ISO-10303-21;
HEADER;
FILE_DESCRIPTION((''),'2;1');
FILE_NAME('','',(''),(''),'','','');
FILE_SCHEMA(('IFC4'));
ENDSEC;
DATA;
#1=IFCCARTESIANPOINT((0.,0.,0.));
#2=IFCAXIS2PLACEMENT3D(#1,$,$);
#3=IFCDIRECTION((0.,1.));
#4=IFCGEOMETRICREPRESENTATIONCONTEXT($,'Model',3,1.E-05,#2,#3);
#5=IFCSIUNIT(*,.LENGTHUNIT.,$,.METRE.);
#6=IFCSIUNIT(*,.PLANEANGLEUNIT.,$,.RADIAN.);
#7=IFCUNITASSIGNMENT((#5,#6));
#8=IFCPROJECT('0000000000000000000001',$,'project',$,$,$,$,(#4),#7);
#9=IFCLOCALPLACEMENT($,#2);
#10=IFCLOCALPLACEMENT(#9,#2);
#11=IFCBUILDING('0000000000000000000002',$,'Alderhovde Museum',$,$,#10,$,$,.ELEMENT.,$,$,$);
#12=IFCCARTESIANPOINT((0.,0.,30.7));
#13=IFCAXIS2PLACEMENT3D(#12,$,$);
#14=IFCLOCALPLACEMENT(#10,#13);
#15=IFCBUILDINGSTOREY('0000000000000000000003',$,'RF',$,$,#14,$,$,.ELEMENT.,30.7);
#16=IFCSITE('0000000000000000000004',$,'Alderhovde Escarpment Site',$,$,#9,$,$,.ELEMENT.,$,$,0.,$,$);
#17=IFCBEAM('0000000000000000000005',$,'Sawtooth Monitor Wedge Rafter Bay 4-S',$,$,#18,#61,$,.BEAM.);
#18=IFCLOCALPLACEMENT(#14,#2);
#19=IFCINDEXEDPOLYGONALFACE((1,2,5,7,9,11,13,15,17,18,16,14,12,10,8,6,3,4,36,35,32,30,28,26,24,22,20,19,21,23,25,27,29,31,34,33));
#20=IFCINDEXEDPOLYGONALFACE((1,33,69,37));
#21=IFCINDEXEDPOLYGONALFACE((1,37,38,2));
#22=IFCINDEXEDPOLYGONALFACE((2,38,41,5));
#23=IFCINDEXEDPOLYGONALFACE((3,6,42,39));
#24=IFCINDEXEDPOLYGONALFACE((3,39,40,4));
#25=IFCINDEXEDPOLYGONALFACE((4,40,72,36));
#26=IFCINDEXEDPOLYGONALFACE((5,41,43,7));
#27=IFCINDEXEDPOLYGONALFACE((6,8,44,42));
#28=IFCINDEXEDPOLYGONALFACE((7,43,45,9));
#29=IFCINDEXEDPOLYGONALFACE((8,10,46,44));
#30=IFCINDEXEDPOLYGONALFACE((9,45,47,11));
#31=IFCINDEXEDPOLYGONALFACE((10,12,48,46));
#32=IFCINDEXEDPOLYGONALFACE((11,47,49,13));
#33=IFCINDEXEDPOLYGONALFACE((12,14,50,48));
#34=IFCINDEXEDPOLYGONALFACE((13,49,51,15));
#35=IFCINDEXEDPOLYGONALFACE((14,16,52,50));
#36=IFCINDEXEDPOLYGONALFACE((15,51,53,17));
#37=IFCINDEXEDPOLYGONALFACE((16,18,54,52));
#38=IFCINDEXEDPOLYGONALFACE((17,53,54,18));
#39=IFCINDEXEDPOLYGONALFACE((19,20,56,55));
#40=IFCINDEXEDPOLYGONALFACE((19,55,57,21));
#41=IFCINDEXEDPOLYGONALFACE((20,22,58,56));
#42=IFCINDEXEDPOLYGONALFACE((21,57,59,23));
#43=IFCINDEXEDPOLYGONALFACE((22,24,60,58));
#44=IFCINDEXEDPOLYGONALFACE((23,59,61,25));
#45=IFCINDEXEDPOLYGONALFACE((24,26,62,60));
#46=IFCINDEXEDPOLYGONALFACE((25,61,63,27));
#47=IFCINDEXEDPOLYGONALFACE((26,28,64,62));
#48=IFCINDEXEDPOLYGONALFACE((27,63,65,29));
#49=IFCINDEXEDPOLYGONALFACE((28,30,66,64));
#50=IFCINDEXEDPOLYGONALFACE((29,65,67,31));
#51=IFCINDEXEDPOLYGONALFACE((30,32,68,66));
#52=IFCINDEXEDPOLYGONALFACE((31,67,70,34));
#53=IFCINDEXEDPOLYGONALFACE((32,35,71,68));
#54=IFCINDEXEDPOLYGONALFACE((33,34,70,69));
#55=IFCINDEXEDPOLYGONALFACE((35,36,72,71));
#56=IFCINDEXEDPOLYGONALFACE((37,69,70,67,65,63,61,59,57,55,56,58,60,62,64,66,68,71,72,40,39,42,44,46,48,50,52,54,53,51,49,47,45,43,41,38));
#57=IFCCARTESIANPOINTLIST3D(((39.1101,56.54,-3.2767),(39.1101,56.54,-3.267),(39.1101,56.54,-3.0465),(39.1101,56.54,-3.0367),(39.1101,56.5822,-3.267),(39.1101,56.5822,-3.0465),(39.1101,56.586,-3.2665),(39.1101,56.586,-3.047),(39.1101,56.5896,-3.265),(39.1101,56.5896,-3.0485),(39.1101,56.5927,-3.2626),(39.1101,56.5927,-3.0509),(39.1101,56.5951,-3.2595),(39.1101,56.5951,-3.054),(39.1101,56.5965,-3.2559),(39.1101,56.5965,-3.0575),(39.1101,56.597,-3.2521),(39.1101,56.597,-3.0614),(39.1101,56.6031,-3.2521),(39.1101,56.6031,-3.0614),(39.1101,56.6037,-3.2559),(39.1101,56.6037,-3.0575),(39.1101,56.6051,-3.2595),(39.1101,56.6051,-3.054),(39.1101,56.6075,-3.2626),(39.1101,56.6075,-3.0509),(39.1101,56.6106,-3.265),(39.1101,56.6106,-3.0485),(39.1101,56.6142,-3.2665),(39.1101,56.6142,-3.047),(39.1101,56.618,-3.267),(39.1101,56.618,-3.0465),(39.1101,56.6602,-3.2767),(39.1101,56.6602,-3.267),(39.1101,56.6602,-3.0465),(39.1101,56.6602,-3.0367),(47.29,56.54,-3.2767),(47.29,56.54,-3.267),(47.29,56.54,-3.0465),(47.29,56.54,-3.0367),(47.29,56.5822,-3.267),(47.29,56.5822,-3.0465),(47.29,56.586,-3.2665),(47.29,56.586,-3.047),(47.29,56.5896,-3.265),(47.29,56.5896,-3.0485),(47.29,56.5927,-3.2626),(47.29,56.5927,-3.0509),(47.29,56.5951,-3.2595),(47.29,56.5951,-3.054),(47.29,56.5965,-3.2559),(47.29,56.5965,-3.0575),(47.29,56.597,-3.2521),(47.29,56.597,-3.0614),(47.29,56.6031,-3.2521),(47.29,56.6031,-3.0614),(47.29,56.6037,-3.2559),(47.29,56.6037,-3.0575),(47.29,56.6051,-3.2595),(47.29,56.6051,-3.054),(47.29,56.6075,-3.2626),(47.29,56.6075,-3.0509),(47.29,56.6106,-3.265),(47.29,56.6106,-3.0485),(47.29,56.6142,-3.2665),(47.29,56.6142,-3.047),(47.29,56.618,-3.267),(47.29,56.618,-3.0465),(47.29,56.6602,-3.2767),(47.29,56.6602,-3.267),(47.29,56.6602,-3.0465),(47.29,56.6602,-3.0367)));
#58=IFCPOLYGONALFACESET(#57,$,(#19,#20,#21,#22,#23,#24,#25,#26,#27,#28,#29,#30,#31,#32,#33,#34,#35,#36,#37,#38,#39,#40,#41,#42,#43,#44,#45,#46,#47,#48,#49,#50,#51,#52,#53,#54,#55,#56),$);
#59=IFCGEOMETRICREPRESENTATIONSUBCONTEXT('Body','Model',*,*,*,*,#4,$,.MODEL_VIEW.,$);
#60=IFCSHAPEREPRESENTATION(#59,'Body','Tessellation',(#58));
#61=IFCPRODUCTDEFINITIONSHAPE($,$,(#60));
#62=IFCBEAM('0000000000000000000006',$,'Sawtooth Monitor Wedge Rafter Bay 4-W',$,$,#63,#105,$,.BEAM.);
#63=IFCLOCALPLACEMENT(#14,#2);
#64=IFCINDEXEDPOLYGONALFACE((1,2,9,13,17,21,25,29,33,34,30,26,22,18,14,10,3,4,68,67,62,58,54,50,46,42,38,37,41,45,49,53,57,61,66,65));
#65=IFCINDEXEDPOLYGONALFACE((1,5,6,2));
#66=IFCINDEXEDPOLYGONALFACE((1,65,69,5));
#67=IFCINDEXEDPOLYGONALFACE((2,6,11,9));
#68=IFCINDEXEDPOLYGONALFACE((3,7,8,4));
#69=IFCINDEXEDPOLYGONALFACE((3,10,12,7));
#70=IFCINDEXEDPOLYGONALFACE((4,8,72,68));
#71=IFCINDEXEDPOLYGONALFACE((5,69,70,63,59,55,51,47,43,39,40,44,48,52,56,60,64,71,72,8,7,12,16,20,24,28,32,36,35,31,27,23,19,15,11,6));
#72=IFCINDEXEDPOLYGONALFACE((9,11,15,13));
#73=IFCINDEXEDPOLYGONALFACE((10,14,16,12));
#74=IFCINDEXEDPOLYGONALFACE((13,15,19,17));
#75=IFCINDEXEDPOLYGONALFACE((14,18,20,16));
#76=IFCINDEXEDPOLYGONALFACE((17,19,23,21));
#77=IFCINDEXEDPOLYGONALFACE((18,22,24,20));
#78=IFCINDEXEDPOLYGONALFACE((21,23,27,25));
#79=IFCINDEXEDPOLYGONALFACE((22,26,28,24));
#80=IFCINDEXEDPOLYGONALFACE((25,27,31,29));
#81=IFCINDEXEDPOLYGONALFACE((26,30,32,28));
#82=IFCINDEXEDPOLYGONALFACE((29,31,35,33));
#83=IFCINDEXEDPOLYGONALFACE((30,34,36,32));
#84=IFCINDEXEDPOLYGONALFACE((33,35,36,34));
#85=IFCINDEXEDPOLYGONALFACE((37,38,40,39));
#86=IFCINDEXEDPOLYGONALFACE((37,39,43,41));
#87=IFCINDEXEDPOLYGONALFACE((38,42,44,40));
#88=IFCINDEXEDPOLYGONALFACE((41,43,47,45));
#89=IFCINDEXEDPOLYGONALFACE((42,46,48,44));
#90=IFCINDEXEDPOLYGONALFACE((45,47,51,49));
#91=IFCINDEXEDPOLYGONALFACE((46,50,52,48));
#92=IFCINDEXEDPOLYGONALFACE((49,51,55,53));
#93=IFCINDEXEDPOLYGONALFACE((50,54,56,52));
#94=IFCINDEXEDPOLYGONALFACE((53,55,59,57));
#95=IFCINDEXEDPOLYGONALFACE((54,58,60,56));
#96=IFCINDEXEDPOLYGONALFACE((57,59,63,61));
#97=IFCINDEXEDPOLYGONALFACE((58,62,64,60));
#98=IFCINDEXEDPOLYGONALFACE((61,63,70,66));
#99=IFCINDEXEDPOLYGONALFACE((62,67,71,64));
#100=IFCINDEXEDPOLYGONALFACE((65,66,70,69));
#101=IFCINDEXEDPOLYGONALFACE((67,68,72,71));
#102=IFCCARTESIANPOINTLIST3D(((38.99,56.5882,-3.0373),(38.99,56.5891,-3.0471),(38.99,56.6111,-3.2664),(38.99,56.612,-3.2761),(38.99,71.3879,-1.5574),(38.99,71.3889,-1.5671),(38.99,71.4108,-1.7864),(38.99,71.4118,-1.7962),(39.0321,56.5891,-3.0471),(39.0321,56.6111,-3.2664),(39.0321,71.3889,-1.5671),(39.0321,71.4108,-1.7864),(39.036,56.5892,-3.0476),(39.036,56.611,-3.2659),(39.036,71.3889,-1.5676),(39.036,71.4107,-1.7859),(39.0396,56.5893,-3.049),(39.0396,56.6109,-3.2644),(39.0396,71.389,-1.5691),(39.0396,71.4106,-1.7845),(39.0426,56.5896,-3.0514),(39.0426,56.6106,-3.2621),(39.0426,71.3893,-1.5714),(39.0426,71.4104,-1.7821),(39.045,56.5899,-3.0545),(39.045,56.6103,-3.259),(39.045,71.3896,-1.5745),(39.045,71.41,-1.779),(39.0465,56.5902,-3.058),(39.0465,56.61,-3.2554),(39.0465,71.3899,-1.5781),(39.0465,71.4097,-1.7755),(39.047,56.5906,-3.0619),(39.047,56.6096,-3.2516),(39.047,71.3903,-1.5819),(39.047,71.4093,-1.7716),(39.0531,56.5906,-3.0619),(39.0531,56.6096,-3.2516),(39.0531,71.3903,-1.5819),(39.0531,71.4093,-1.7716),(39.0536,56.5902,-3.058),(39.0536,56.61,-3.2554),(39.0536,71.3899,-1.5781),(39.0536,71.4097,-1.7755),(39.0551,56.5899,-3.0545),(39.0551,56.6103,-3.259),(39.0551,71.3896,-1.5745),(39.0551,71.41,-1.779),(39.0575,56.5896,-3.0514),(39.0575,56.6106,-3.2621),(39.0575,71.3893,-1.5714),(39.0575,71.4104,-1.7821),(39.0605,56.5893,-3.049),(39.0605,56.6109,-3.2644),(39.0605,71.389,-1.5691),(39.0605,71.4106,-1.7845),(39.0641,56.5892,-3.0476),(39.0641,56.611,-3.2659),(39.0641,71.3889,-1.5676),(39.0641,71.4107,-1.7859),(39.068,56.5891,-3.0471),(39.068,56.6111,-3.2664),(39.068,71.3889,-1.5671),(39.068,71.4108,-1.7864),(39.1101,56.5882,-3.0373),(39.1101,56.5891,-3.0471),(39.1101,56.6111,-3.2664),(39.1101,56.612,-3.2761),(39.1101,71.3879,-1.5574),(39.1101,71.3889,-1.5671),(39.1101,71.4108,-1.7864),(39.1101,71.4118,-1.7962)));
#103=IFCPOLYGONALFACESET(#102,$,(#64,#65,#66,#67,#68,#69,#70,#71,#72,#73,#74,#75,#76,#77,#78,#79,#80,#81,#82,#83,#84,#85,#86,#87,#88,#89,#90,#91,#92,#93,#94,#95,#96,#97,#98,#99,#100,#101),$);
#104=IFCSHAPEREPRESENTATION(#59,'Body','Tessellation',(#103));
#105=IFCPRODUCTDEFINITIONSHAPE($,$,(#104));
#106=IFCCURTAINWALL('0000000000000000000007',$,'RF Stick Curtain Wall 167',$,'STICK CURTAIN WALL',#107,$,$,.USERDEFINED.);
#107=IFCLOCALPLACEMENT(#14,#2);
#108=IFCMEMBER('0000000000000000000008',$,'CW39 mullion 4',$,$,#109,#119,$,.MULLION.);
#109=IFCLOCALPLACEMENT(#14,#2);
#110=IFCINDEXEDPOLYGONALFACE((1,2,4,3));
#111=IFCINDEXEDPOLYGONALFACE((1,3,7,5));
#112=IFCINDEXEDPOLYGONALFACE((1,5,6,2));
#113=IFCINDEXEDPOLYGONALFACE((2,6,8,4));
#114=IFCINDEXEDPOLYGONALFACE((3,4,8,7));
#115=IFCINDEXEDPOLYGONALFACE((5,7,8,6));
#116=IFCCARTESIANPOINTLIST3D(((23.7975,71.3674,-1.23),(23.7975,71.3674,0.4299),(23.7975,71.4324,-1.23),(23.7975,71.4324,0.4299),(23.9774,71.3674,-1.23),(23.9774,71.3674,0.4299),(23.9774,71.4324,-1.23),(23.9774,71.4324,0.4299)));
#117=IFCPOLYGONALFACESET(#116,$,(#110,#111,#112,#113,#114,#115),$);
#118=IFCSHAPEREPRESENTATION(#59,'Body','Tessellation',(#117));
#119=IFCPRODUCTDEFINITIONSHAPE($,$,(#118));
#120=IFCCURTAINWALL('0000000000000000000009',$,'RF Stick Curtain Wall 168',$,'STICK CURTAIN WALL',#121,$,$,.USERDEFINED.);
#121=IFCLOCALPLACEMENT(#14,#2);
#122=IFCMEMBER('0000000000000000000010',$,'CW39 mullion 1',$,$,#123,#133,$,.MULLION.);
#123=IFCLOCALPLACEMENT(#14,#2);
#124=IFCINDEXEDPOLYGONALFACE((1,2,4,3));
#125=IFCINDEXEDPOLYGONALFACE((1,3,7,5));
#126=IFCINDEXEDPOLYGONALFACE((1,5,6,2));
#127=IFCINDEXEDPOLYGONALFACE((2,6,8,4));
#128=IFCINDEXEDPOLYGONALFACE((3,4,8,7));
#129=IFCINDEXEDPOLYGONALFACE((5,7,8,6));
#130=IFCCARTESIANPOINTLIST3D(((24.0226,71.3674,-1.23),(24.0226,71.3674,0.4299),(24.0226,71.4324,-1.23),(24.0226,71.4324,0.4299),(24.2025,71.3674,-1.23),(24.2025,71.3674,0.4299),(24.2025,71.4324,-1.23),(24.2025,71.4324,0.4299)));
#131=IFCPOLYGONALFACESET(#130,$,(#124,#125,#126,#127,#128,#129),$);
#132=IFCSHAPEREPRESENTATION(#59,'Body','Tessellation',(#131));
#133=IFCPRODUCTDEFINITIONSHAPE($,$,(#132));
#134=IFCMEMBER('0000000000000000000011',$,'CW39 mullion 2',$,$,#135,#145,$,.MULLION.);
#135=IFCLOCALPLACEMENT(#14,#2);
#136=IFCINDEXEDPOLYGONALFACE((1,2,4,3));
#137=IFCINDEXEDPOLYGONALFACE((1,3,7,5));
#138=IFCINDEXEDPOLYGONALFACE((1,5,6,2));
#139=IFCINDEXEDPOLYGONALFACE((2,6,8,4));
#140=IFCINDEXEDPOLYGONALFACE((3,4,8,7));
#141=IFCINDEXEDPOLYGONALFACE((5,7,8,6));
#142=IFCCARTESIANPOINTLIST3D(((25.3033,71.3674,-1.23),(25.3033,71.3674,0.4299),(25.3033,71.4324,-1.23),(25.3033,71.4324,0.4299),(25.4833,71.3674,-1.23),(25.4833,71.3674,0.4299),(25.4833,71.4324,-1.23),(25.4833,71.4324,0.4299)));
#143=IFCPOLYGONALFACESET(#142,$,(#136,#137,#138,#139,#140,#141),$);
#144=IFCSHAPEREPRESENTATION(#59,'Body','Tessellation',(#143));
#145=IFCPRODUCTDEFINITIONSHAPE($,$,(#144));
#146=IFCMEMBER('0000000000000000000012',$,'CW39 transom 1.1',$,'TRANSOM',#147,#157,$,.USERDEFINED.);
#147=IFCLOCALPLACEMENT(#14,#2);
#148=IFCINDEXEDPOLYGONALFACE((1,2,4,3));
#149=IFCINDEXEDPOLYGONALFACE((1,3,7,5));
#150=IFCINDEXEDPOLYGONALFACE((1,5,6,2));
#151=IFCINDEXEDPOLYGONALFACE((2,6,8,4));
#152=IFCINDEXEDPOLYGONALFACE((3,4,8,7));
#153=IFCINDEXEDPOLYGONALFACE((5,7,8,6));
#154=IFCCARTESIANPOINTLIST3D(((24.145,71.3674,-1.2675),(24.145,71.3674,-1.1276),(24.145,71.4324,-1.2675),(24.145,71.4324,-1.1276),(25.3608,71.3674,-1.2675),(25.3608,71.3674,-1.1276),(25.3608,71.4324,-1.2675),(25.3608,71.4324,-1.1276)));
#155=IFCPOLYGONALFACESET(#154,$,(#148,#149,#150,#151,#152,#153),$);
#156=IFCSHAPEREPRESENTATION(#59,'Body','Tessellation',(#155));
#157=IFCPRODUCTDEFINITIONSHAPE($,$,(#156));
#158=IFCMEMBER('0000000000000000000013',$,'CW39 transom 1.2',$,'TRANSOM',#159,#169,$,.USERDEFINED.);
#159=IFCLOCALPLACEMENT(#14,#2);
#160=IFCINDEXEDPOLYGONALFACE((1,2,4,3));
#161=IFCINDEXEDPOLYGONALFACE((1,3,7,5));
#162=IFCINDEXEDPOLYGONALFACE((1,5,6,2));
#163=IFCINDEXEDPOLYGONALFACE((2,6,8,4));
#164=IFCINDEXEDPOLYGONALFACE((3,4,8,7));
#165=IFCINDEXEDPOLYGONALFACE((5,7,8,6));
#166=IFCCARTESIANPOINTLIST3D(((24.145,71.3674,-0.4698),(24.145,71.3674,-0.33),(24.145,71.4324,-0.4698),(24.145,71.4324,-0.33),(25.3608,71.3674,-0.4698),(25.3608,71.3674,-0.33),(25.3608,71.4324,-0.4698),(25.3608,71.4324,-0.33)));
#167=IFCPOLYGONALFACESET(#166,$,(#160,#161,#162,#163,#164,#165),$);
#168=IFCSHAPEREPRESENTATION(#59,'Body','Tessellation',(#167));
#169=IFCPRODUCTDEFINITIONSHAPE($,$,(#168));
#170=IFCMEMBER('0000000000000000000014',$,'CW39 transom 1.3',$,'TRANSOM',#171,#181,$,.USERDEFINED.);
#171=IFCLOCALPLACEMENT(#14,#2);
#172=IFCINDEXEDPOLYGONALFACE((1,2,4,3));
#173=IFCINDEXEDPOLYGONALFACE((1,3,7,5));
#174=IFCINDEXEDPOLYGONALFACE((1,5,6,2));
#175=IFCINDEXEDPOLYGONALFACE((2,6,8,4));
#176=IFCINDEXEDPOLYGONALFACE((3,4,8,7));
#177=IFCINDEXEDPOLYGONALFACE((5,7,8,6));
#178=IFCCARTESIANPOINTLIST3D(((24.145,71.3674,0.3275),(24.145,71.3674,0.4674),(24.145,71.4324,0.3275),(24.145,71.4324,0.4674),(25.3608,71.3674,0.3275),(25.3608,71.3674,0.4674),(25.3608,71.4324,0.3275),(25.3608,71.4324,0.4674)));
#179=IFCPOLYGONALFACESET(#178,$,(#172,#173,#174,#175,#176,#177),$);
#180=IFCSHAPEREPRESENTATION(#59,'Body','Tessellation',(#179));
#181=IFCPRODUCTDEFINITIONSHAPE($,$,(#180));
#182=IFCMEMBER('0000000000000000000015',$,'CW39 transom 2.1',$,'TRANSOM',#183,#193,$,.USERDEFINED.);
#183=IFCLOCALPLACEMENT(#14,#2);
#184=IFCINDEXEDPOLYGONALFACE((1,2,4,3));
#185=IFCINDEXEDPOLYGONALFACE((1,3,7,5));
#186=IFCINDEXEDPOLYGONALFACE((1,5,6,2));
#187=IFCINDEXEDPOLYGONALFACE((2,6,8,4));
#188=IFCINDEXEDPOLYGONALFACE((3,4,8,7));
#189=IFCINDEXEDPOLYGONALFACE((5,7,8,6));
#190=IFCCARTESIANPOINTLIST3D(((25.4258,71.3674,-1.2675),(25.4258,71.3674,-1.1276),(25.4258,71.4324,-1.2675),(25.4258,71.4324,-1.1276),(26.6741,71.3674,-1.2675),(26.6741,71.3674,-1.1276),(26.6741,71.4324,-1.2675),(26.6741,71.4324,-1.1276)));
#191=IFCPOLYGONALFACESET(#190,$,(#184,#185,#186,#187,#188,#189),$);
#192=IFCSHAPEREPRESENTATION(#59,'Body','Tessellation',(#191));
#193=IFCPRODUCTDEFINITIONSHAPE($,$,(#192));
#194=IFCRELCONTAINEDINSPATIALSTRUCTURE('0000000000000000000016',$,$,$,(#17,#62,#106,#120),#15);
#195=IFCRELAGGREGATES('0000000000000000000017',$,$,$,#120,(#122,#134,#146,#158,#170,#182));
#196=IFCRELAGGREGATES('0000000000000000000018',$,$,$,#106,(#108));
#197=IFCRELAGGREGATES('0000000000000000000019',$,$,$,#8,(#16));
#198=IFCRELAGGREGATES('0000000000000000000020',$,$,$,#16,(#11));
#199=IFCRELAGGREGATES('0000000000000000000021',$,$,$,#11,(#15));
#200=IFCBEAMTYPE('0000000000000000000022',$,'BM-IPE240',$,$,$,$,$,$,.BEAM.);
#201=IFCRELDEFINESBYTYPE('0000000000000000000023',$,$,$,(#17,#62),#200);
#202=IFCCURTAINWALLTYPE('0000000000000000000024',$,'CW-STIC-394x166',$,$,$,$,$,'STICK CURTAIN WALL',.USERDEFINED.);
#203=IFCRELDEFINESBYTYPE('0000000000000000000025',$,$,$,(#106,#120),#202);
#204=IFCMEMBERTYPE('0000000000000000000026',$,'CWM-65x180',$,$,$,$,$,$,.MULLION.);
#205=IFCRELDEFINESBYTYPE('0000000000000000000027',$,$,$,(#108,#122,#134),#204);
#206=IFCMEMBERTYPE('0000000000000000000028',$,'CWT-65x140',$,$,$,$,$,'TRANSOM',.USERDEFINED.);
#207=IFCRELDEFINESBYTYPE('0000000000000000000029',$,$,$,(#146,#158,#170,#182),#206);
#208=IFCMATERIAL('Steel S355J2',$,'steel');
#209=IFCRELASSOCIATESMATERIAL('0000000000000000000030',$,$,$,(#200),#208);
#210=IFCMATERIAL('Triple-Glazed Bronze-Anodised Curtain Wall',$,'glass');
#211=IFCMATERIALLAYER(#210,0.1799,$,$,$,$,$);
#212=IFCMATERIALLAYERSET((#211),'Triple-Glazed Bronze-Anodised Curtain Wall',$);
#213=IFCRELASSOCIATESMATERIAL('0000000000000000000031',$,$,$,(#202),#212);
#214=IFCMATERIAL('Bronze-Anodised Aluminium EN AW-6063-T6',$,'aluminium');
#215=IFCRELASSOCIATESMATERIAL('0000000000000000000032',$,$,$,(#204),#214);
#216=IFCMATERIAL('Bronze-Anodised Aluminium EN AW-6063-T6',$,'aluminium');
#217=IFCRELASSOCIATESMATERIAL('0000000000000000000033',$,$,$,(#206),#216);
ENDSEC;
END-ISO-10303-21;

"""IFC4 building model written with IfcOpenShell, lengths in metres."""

from ifc_helpers import new_model, si_unit, direction, frame, origin, origin_2d, place, context, subcontext, project, spatial, rectangle, i_section, extrude, material, layer, layer_set, material_profile, profile_set, type_object, element, aggregate, save


model = new_model("IFC4")

# Units and contexts
model_context = context("Model", 3, precision=1e-05, world=origin(), true_north=direction((0.0, 1.0)))
body_context = subcontext(model_context, "Body", "Model", "MODEL_VIEW")
ifc_project = project(units=[si_unit("LENGTHUNIT", "METRE"), si_unit("PLANEANGLEUNIT", "RADIAN")], contexts=[model_context])

# Site, building, storey
site_placement = place(None, origin())
site = spatial("IfcSite", under=ifc_project, at=site_placement, Name="Alderhovde Escarpment Site", CompositionType="ELEMENT", RefElevation=0.0)
building_placement = place(site_placement, origin())
building = spatial("IfcBuilding", under=site, at=building_placement, Name="Alderhovde Museum", CompositionType="ELEMENT")
storey_placement = place(building_placement, frame((0.0, 0.0, 30.7)))
storey = spatial("IfcBuildingStorey", under=building, at=storey_placement, Name="RF", CompositionType="ELEMENT", Elevation=30.7)

# Beams
ifc_material_1 = material(Name="Steel S355J2", Category="steel")
ifc_material_profile_1 = material_profile(ifc_material_1, i_section(OverallWidth=0.1201, OverallDepth=0.24, WebThickness=0.0061, FlangeThickness=0.0098, FilletRadius=0.0149, at=origin_2d()), Name="IPE 240")
ifc_profile_set_1 = profile_set([ifc_material_profile_1], Name="Steel S355J2")
beam_type = type_object("IfcBeamType", Name="BM-IPE240", PredefinedType="BEAM", material=ifc_profile_set_1)
beam_1_placement = place(storey_placement, frame((39.1101, 56.6001, -3.1567), z_axis=(1.0, 0.0, 0.0), x_axis=(0.0, 1.0, 0.0)))
element("IfcBeam", 1, at=beam_1_placement, inside=storey, type_object=beam_type, Name="Sawtooth Monitor Wedge Rafter Bay 4-S", PredefinedType="BEAM", context=body_context, shape_type="SweptSolid", body=[
    extrude(i_section(OverallWidth=0.1201, OverallDepth=0.24, WebThickness=0.0061, FlangeThickness=0.0098, FilletRadius=0.0149, at=origin_2d()), origin(), (0.0, 0.0, 1.0), 8.1799),
])
beam_2_placement = place(storey_placement, frame((39.05, 56.6001, -3.1567), z_axis=(0.0, 0.995037, 0.099504), x_axis=(-1.0, 0.0, 0.0)))
element("IfcBeam", 2, at=beam_2_placement, inside=storey, type_object=beam_type, Name="Sawtooth Monitor Wedge Rafter Bay 4-W", PredefinedType="BEAM", context=body_context, shape_type="SweptSolid", body=[
    extrude(i_section(OverallWidth=0.1201, OverallDepth=0.24, WebThickness=0.0061, FlangeThickness=0.0098, FilletRadius=0.0149, at=origin_2d()), origin(), (0.0, 0.0, 1.0), 14.8735),
])

# Curtain wall, member
ifc_material_2 = material(Name="Triple-Glazed Bronze-Anodised Curtain Wall", Category="glass")
ifc_layer_1 = layer(ifc_material_2, 0.1799)
ifc_layer_set_1 = layer_set([ifc_layer_1], Name="Triple-Glazed Bronze-Anodised Curtain Wall")
curtain_wall_type = type_object("IfcCurtainWallType", Name="CW-STIC-394x166", ElementType="STICK CURTAIN WALL", PredefinedType="USERDEFINED", material=ifc_layer_set_1)
curtain_wall_1_placement = place(storey_placement, origin())
curtain_wall_1 = element("IfcCurtainWall", 3, at=curtain_wall_1_placement, inside=storey, type_object=curtain_wall_type, Name="RF Stick Curtain Wall 167", ObjectType="STICK CURTAIN WALL", PredefinedType="USERDEFINED")
ifc_material_3 = material(Name="Bronze-Anodised Aluminium EN AW-6063-T6", Category="aluminium")
ifc_material_profile_2 = material_profile(ifc_material_3, rectangle(XDim=0.0649, YDim=0.1799, at=origin_2d()), Name="MULLION 65x180")
ifc_profile_set_2 = profile_set([ifc_material_profile_2], Name="Bronze-Anodised Aluminium EN AW-6063-T6")
member_type_1 = type_object("IfcMemberType", Name="CWM-65x180", PredefinedType="MULLION", material=ifc_profile_set_2)
member_1_placement = place(storey_placement, frame((23.8875, 71.3999, -1.23), z_axis=(0.0, 0.0, 1.0), x_axis=(0.0, 1.0, 0.0)))
member_1 = element("IfcMember", 4, at=member_1_placement, type_object=member_type_1, Name="CW39 mullion 4", PredefinedType="MULLION", context=body_context, shape_type="SweptSolid", body=[
    extrude(rectangle(XDim=0.0649, YDim=0.1799, at=origin_2d()), origin(), (0.0, 0.0, 1.0), 1.6599),
])

# Curtain wall, members
curtain_wall_2_placement = place(storey_placement, origin())
curtain_wall_2 = element("IfcCurtainWall", 5, at=curtain_wall_2_placement, inside=storey, type_object=curtain_wall_type, Name="RF Stick Curtain Wall 168", ObjectType="STICK CURTAIN WALL", PredefinedType="USERDEFINED")
member_2_placement = place(storey_placement, frame((24.1125, 71.3999, -1.23), z_axis=(0.0, 0.0, 1.0), x_axis=(0.0, 1.0, 0.0)))
member_2 = element("IfcMember", 6, at=member_2_placement, type_object=member_type_1, Name="CW39 mullion 1", PredefinedType="MULLION", context=body_context, shape_type="SweptSolid", body=[
    extrude(rectangle(XDim=0.0649, YDim=0.1799, at=origin_2d()), origin(), (0.0, 0.0, 1.0), 1.6599),
])
member_3_placement = place(storey_placement, frame((25.3933, 71.3999, -1.23), z_axis=(0.0, 0.0, 1.0), x_axis=(0.0, 1.0, 0.0)))
member_3 = element("IfcMember", 7, at=member_3_placement, type_object=member_type_1, Name="CW39 mullion 2", PredefinedType="MULLION", context=body_context, shape_type="SweptSolid", body=[
    extrude(rectangle(XDim=0.0649, YDim=0.1799, at=origin_2d()), origin(), (0.0, 0.0, 1.0), 1.6599),
])
ifc_material_4 = material(Name="Bronze-Anodised Aluminium EN AW-6063-T6", Category="aluminium")
ifc_material_profile_3 = material_profile(ifc_material_4, rectangle(XDim=0.0649, YDim=0.1399, at=origin_2d()), Name="TRANSOM 65x140")
ifc_profile_set_3 = profile_set([ifc_material_profile_3], Name="Bronze-Anodised Aluminium EN AW-6063-T6")
member_type_2 = type_object("IfcMemberType", Name="CWT-65x140", ElementType="TRANSOM", PredefinedType="USERDEFINED", material=ifc_profile_set_3)
member_4_placement = place(storey_placement, frame((24.145, 71.3999, -1.1975), z_axis=(1.0, 0.0, 0.0), x_axis=(0.0, 1.0, 0.0)))
member_4 = element("IfcMember", 8, at=member_4_placement, type_object=member_type_2, Name="CW39 transom 1.1", ObjectType="TRANSOM", PredefinedType="USERDEFINED", context=body_context, shape_type="SweptSolid", body=[
    extrude(rectangle(XDim=0.0649, YDim=0.1399, at=origin_2d()), origin(), (0.0, 0.0, 1.0), 1.2158),
])
member_5_placement = place(storey_placement, frame((24.145, 71.3999, -0.3999), z_axis=(1.0, 0.0, 0.0), x_axis=(0.0, 1.0, 0.0)))
member_5 = element("IfcMember", 9, at=member_5_placement, type_object=member_type_2, Name="CW39 transom 1.2", ObjectType="TRANSOM", PredefinedType="USERDEFINED", context=body_context, shape_type="SweptSolid", body=[
    extrude(rectangle(XDim=0.0649, YDim=0.1399, at=origin_2d()), origin(), (0.0, 0.0, 1.0), 1.2158),
])
member_6_placement = place(storey_placement, frame((24.145, 71.3999, 0.3975), z_axis=(1.0, 0.0, 0.0), x_axis=(0.0, 1.0, 0.0)))
member_6 = element("IfcMember", 10, at=member_6_placement, type_object=member_type_2, Name="CW39 transom 1.3", ObjectType="TRANSOM", PredefinedType="USERDEFINED", context=body_context, shape_type="SweptSolid", body=[
    extrude(rectangle(XDim=0.0649, YDim=0.1399, at=origin_2d()), origin(), (0.0, 0.0, 1.0), 1.2158),
])
member_7_placement = place(storey_placement, frame((25.4258, 71.3999, -1.1975), z_axis=(1.0, 0.0, 0.0), x_axis=(0.0, 1.0, 0.0)))
member_7 = element("IfcMember", 11, at=member_7_placement, type_object=member_type_2, Name="CW39 transom 2.1", ObjectType="TRANSOM", PredefinedType="USERDEFINED", context=body_context, shape_type="SweptSolid", body=[
    extrude(rectangle(XDim=0.0649, YDim=0.1399, at=origin_2d()), origin(), (0.0, 0.0, 1.0), 1.2483),
])

aggregate(curtain_wall_2, [member_2, member_3, member_4, member_5, member_6, member_7])
aggregate(curtain_wall_1, [member_1])

save(model, "model.ifc")
